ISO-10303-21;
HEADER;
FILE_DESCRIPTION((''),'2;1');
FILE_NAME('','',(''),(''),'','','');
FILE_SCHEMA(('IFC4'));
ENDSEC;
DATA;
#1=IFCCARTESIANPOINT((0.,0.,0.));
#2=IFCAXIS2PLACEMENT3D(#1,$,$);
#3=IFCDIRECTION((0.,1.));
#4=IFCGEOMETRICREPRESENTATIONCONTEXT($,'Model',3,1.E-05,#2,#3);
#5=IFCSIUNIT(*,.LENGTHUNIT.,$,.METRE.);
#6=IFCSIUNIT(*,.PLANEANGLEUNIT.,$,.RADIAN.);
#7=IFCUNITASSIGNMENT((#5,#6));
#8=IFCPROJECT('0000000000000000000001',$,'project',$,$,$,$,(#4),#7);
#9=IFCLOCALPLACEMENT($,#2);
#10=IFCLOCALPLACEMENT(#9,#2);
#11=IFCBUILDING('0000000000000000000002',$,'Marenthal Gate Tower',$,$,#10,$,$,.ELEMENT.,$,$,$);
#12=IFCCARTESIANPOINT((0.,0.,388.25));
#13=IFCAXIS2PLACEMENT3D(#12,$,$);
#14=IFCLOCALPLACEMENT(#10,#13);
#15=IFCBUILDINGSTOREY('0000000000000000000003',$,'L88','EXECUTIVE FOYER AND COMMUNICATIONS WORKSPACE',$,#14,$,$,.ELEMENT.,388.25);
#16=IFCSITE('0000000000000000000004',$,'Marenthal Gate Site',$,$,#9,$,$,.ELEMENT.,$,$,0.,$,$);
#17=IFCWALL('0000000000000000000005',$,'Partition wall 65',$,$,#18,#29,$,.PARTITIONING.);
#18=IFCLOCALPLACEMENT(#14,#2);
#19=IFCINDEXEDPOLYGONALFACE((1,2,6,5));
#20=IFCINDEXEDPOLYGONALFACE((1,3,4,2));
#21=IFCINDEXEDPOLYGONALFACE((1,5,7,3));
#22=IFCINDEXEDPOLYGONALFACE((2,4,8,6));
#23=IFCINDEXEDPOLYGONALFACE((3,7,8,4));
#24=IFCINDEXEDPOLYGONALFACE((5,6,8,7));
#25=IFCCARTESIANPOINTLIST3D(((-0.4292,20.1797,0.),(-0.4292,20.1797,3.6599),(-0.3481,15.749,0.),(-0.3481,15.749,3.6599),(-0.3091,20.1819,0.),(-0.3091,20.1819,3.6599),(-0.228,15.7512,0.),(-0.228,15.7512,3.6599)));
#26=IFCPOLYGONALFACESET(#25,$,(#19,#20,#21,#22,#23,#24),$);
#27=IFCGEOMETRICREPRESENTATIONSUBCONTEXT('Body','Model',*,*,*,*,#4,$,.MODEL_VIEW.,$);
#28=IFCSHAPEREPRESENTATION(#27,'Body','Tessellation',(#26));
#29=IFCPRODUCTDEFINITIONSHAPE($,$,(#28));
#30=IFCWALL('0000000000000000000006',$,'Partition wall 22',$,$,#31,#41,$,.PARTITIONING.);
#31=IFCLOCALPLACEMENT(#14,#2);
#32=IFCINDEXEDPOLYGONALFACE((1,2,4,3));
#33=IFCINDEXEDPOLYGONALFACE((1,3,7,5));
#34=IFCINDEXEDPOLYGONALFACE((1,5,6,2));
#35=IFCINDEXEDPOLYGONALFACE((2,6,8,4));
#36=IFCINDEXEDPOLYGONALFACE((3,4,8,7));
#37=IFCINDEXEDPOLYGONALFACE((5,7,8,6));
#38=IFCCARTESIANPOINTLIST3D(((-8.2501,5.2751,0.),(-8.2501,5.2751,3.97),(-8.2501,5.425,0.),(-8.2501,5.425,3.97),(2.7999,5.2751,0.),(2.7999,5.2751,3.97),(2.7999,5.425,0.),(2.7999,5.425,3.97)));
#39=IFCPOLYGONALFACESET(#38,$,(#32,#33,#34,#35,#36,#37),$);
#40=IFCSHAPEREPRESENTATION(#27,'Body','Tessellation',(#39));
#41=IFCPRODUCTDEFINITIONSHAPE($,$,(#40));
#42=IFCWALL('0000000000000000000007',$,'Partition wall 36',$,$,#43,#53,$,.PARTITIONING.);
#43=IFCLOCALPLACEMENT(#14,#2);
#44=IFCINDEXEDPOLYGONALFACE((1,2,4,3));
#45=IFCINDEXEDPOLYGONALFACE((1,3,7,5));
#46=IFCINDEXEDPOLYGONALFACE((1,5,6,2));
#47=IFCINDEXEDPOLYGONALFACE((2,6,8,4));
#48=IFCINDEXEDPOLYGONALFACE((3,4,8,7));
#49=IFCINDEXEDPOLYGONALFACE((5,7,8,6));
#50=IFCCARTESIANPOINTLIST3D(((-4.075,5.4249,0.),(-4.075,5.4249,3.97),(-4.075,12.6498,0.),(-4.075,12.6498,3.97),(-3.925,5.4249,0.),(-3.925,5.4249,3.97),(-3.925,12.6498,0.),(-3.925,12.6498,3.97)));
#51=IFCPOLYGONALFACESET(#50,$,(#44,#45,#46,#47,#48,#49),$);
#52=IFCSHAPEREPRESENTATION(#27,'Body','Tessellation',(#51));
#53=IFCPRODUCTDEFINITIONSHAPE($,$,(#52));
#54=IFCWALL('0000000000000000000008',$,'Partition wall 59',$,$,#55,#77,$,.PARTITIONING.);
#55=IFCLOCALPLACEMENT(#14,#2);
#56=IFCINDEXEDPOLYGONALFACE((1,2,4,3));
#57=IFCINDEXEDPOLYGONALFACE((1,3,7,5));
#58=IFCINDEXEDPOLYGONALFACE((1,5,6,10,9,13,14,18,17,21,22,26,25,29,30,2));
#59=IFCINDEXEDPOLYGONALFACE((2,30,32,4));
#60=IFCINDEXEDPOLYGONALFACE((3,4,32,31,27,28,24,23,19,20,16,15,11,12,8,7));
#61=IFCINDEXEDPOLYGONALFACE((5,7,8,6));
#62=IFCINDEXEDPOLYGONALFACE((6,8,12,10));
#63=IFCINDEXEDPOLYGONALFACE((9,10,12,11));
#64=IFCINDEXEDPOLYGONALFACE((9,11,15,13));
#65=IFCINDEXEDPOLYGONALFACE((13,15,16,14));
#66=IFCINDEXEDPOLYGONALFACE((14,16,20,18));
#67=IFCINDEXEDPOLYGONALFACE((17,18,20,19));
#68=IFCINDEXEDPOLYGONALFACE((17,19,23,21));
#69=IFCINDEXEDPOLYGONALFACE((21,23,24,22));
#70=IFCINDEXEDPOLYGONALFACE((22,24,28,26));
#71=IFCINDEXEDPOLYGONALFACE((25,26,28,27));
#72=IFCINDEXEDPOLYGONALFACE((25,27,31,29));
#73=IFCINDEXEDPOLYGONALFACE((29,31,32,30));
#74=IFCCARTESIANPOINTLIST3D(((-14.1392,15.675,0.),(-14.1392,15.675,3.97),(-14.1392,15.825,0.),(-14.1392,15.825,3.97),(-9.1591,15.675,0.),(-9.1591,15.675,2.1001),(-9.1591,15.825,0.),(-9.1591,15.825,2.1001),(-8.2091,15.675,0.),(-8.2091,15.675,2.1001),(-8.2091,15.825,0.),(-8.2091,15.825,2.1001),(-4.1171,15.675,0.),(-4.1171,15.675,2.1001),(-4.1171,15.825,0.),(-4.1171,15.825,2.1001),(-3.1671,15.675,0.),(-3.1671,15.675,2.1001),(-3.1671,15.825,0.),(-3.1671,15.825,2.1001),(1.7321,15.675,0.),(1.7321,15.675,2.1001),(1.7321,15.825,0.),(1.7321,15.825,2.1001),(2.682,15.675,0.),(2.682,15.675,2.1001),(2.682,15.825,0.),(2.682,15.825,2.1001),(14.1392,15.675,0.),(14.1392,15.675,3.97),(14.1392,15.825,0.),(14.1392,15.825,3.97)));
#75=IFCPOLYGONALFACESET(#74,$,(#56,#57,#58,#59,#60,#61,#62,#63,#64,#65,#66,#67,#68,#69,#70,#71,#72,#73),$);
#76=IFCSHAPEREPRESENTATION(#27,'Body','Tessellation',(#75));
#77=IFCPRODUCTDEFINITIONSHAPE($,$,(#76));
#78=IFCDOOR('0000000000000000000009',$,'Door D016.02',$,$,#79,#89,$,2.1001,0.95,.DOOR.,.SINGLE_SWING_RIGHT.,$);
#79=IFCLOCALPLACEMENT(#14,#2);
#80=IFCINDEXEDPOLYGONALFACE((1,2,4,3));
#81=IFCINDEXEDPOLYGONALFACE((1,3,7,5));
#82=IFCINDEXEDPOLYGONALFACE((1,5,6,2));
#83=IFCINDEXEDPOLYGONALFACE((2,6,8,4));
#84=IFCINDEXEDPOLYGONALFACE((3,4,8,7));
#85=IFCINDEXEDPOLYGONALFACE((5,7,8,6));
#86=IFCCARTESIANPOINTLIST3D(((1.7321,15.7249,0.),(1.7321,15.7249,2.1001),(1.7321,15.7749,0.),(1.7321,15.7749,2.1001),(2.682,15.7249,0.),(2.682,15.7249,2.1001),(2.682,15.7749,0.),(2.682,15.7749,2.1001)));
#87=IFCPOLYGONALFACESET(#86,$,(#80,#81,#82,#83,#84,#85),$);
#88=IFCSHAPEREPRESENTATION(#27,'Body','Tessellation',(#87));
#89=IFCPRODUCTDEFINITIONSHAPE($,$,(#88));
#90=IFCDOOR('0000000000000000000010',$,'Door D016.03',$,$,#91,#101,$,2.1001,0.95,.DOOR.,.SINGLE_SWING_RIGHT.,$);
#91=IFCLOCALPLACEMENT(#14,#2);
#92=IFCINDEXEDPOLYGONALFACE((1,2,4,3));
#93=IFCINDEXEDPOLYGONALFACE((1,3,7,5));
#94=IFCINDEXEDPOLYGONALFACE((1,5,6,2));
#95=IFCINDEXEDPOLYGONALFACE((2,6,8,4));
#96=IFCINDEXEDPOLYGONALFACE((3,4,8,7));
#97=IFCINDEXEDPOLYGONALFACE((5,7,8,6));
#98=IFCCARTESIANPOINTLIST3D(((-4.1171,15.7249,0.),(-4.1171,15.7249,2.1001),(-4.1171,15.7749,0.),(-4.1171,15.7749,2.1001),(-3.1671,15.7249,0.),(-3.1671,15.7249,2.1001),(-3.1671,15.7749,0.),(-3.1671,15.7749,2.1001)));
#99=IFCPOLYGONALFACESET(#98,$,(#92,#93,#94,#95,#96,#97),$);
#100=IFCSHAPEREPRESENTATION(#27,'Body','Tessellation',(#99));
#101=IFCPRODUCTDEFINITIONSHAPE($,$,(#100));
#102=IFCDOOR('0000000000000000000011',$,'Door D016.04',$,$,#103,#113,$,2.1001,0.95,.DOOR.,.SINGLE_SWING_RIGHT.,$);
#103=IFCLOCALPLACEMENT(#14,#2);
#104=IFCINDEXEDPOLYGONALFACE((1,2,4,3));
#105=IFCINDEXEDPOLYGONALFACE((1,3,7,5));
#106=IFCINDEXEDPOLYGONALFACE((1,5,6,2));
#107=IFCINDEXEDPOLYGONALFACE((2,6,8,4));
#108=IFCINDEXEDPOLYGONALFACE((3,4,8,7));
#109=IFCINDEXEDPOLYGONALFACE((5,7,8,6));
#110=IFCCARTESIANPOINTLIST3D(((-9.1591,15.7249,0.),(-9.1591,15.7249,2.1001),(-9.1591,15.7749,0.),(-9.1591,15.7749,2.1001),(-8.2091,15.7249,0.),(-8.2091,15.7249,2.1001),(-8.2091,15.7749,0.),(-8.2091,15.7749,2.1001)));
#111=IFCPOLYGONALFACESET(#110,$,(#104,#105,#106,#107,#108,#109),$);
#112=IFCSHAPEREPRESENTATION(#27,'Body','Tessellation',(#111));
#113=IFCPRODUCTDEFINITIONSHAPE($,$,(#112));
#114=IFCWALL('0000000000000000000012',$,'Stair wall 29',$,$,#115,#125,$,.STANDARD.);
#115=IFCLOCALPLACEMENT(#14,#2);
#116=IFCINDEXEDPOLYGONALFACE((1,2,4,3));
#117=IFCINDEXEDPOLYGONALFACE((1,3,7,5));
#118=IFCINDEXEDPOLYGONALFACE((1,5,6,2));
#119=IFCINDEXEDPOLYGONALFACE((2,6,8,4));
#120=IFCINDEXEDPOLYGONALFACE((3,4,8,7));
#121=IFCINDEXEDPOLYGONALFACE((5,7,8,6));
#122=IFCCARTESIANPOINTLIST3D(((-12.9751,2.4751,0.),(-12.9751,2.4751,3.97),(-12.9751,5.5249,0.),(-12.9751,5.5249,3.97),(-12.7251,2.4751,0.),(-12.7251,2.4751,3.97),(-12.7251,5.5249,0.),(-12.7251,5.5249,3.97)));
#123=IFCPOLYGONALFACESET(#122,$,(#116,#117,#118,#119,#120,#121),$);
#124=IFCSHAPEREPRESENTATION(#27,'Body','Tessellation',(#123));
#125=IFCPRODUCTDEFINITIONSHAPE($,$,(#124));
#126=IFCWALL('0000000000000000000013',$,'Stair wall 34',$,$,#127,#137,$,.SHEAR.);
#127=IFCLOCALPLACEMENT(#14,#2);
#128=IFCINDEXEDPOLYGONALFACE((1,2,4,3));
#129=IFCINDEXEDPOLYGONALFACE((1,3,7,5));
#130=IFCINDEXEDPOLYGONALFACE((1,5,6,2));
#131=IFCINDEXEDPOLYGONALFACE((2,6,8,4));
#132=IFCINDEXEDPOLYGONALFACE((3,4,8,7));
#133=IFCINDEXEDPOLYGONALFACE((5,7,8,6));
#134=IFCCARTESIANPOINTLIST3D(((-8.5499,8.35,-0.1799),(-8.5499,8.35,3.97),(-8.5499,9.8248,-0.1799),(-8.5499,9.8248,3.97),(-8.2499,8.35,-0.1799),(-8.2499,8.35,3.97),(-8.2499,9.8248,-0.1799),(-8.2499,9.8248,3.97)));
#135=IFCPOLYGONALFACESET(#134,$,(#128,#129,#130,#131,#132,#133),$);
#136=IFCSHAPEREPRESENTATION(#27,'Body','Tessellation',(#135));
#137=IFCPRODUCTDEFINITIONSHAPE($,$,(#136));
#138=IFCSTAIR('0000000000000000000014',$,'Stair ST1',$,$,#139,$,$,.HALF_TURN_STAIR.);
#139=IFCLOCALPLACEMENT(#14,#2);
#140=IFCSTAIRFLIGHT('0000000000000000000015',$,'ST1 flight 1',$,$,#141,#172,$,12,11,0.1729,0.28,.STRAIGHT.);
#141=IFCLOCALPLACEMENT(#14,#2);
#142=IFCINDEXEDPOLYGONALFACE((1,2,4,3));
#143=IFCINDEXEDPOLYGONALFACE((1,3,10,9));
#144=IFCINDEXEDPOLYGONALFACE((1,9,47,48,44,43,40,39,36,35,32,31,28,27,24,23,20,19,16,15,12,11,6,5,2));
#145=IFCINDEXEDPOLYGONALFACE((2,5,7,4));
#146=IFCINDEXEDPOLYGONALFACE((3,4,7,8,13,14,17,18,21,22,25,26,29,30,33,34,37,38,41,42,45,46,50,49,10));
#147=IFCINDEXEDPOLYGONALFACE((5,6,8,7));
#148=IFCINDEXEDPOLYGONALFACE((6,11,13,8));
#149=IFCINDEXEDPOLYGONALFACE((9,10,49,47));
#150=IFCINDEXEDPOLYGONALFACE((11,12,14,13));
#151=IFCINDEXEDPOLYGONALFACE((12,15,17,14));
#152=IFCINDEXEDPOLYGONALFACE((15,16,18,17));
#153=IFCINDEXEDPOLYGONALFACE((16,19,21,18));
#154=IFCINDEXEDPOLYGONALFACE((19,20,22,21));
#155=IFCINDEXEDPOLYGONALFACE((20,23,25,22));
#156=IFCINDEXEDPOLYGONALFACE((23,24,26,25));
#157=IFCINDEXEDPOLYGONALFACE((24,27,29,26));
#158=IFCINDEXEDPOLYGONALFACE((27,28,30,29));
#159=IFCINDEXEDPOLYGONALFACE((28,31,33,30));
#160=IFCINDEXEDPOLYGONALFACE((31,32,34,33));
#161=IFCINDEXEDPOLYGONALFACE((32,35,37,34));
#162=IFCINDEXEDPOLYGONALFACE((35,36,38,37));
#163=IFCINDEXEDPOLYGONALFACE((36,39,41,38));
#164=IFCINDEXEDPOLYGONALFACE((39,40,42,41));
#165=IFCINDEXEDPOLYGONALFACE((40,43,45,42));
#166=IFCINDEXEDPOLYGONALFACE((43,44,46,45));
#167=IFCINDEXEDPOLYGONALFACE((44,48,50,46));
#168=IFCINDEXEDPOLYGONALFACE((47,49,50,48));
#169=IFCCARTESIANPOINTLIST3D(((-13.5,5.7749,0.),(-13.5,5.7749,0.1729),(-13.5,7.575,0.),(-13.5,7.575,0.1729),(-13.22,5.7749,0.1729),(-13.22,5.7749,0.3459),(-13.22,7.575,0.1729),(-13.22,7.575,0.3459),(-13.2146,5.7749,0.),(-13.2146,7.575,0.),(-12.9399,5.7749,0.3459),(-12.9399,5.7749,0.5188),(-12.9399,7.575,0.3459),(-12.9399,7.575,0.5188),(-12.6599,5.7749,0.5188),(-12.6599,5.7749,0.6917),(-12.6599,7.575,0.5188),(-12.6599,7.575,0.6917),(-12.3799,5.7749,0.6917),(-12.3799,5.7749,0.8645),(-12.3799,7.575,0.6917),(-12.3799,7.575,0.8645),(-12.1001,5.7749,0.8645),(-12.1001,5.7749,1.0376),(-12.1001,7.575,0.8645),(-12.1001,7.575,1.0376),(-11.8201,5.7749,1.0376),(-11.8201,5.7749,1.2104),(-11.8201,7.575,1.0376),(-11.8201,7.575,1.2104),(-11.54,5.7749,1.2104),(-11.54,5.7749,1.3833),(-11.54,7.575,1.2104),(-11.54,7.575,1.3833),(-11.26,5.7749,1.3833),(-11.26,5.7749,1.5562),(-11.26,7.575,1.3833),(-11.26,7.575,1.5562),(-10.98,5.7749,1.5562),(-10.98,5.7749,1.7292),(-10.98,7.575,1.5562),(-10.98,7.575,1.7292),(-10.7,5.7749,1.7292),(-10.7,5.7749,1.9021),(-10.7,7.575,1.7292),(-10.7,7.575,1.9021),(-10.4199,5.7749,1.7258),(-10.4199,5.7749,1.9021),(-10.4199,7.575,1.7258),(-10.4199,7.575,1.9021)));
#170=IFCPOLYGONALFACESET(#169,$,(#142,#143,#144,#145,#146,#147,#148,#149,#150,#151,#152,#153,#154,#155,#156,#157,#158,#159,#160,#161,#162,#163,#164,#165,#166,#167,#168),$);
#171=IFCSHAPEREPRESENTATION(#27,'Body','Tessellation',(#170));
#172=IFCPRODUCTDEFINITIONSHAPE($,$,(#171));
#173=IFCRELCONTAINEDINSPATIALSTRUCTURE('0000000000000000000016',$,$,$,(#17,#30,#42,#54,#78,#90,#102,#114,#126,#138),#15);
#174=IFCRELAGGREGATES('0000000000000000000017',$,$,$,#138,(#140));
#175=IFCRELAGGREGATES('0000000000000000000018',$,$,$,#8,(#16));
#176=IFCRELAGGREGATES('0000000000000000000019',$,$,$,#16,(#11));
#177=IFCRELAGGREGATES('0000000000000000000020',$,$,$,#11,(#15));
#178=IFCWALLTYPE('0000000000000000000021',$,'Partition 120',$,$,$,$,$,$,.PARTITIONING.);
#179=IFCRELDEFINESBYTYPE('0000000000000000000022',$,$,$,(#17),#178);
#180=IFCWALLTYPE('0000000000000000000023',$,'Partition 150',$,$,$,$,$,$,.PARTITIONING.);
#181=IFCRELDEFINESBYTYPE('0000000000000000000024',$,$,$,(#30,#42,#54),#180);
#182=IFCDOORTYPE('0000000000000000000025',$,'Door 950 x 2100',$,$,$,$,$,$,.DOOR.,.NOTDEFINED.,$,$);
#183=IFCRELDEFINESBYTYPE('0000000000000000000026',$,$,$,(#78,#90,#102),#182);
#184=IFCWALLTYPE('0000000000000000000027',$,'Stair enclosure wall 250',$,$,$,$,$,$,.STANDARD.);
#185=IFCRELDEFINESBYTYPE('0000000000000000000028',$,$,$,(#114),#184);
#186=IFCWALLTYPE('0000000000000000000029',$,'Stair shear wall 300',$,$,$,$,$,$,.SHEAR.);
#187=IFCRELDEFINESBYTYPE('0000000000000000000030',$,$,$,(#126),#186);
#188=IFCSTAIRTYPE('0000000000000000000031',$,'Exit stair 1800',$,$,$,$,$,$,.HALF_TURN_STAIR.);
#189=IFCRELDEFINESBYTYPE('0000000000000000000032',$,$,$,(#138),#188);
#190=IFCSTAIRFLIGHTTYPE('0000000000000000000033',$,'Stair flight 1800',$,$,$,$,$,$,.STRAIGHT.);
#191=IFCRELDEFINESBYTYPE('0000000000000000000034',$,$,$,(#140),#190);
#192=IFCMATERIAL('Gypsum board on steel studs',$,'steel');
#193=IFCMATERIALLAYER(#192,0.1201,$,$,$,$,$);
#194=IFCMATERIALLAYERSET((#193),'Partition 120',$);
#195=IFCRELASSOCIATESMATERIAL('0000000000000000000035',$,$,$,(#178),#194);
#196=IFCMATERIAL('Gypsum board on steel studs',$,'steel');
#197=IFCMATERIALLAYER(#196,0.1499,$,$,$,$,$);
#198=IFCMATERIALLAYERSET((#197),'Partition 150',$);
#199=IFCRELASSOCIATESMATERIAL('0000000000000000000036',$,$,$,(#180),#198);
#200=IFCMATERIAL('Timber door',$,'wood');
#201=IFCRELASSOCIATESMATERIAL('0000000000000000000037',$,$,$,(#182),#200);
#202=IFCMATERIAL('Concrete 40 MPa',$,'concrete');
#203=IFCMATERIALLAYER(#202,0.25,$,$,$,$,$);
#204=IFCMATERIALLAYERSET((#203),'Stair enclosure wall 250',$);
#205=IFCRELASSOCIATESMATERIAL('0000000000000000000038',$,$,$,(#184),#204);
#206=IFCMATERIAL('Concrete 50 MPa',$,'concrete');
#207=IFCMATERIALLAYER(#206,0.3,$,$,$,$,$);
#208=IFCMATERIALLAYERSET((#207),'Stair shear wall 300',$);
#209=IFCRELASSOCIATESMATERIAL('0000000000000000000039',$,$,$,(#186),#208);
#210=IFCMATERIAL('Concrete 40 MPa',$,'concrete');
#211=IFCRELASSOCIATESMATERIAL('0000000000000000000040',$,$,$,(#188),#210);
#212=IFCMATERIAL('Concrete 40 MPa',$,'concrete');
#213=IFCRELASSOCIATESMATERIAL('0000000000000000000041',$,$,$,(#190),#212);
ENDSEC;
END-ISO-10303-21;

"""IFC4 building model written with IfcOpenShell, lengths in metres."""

from ifc_helpers import new_model, si_unit, direction, frame, frame_2d, origin, place, context, subcontext, project, spatial, polyline, rectangle, outline, extrude, material, layer, layer_set, type_object, element, fill, aggregate, save


model = new_model("IFC4")

# Units and contexts
model_context = context("Model", 3, precision=1e-05, world=origin(), true_north=direction((0.0, 1.0)))
body_context = subcontext(model_context, "Body", "Model", "MODEL_VIEW")
ifc_project = project(units=[si_unit("LENGTHUNIT", "METRE"), si_unit("PLANEANGLEUNIT", "RADIAN")], contexts=[model_context])

# Site, building, storey
site_placement = place(None, origin())
site = spatial("IfcSite", under=ifc_project, at=site_placement, Name="Marenthal Gate Site", CompositionType="ELEMENT", RefElevation=0.0)
building_placement = place(site_placement, origin())
building = spatial("IfcBuilding", under=site, at=building_placement, Name="Marenthal Gate Tower", CompositionType="ELEMENT")
storey_placement = place(building_placement, frame((0.0, 0.0, 388.25)))
storey = spatial("IfcBuildingStorey", under=building, at=storey_placement, Name="L88", Description="EXECUTIVE FOYER AND COMMUNICATIONS WORKSPACE", CompositionType="ELEMENT", Elevation=388.25)

# Walls
ifc_material_1 = material(Name="Gypsum board on steel studs", Category="steel")
ifc_layer_1 = layer(ifc_material_1, 0.1201)
ifc_layer_set_1 = layer_set([ifc_layer_1], Name="Partition 120")
wall_type_1 = type_object("IfcWallType", Name="Partition 120", PredefinedType="PARTITIONING", material=ifc_layer_set_1)
wall_1_placement = place(storey_placement, frame((-0.2881, 15.75, 0.0), z_axis=(0.0, 0.0, 1.0), x_axis=(-0.018291, 0.999833, 0.0)))
element("IfcWall", 1, at=wall_1_placement, inside=storey, type_object=wall_type_1, Name="Partition wall 65", PredefinedType="PARTITIONING", context=body_context, shape_type="SweptSolid", body=[
    extrude(rectangle(XDim=4.4314, YDim=0.1201, at=frame_2d((2.2158, 0.0))), origin(), (0.0, 0.0, 1.0), 3.6599),
])
ifc_material_2 = material(Name="Gypsum board on steel studs", Category="steel")
ifc_layer_2 = layer(ifc_material_2, 0.1499)
ifc_layer_set_2 = layer_set([ifc_layer_2], Name="Partition 150")
wall_type_2 = type_object("IfcWallType", Name="Partition 150", PredefinedType="PARTITIONING", material=ifc_layer_set_2)
wall_2_placement = place(storey_placement, frame((-8.25, 5.3501, 0.0), z_axis=(0.0, 0.0, 1.0), x_axis=(1.0, 0.0, 0.0)))
element("IfcWall", 2, at=wall_2_placement, inside=storey, type_object=wall_type_2, Name="Partition wall 22", PredefinedType="PARTITIONING", context=body_context, shape_type="SweptSolid", body=[
    extrude(rectangle(XDim=11.05, YDim=0.1499, at=frame_2d((5.5249, 0.0))), origin(), (0.0, 0.0, 1.0), 3.97),
])
wall_3_placement = place(storey_placement, frame((-4.0, 5.425, 0.0), z_axis=(0.0, 0.0, 1.0), x_axis=(0.0, 1.0, 0.0)))
element("IfcWall", 3, at=wall_3_placement, inside=storey, type_object=wall_type_2, Name="Partition wall 36", PredefinedType="PARTITIONING", context=body_context, shape_type="SweptSolid", body=[
    extrude(rectangle(XDim=7.2249, YDim=0.1499, at=frame_2d((3.6123, 0.0))), origin(), (0.0, 0.0, 1.0), 3.97),
])

# Wall, openings, doors
wall_4_placement = place(storey_placement, frame((-14.1392, 15.75, 0.0), z_axis=(0.0, 0.0, 1.0), x_axis=(1.0, 0.0, 0.0)))
wall_4 = element("IfcWall", 4, at=wall_4_placement, inside=storey, type_object=wall_type_2, Name="Partition wall 59", PredefinedType="PARTITIONING", context=body_context, shape_type="SweptSolid", body=[
    extrude(rectangle(XDim=28.2783, YDim=0.1499, at=frame_2d((14.1392, 0.0))), origin(), (0.0, 0.0, 1.0), 3.97),
])
opening_1_placement = place(wall_4_placement, frame((15.8711, 0.0, 0.0)))
opening_1 = element("IfcOpeningElement", 5, at=opening_1_placement, cuts=wall_4, PredefinedType="OPENING", context=body_context, shape_type="SweptSolid", body=[
    extrude(rectangle(XDim=0.95, YDim=2.1001, at=frame_2d((0.4751, 1.05))), frame((0.0, 0.085, 0.0), z_axis=(0.0, -1.0, 0.0), x_axis=(1.0, 0.0, 0.0)), (0.0, 0.0, 1.0), 0.1699),
])
opening_2_placement = place(wall_4_placement, frame((10.022, 0.0, 0.0)))
opening_2 = element("IfcOpeningElement", 6, at=opening_2_placement, cuts=wall_4, PredefinedType="OPENING", context=body_context, shape_type="SweptSolid", body=[
    extrude(rectangle(XDim=0.95, YDim=2.1001, at=frame_2d((0.4751, 1.05))), frame((0.0, 0.085, 0.0), z_axis=(0.0, -1.0, 0.0), x_axis=(1.0, 0.0, 0.0)), (0.0, 0.0, 1.0), 0.1699),
])
opening_3_placement = place(wall_4_placement, frame((4.98, 0.0, 0.0)))
opening_3 = element("IfcOpeningElement", 7, at=opening_3_placement, cuts=wall_4, PredefinedType="OPENING", context=body_context, shape_type="SweptSolid", body=[
    extrude(rectangle(XDim=0.95, YDim=2.1001, at=frame_2d((0.4751, 1.05))), frame((0.0, 0.085, 0.0), z_axis=(0.0, -1.0, 0.0), x_axis=(1.0, 0.0, 0.0)), (0.0, 0.0, 1.0), 0.1699),
])
ifc_material_3 = material(Name="Timber door", Category="wood")
door_type_1 = type_object("IfcDoorType", Name="Door 950 x 2100", OperationType="NOTDEFINED", PredefinedType="DOOR", material=ifc_material_3)
door_1_placement = place(opening_1_placement, origin())
door_1 = element("IfcDoor", 8, at=door_1_placement, inside=storey, type_object=door_type_1, Name="Door D016.02", OperationType="SINGLE_SWING_RIGHT", OverallHeight=2.1001, OverallWidth=0.95, PredefinedType="DOOR", context=body_context, shape_type="SweptSolid", body=[
    extrude(rectangle(XDim=0.95, YDim=2.1001, at=frame_2d((0.4751, 1.05))), frame((0.0, 0.0249, 0.0), z_axis=(0.0, -1.0, 0.0), x_axis=(1.0, 0.0, 0.0)), (0.0, 0.0, 1.0), 0.05),
])
fill(opening_1, door_1)
door_2_placement = place(opening_2_placement, origin())
door_2 = element("IfcDoor", 9, at=door_2_placement, inside=storey, type_object=door_type_1, Name="Door D016.03", OperationType="SINGLE_SWING_RIGHT", OverallHeight=2.1001, OverallWidth=0.95, PredefinedType="DOOR", context=body_context, shape_type="SweptSolid", body=[
    extrude(rectangle(XDim=0.95, YDim=2.1001, at=frame_2d((0.4751, 1.05))), frame((0.0, 0.0249, 0.0), z_axis=(0.0, -1.0, 0.0), x_axis=(1.0, 0.0, 0.0)), (0.0, 0.0, 1.0), 0.05),
])
fill(opening_2, door_2)
door_3_placement = place(opening_3_placement, origin())
door_3 = element("IfcDoor", 10, at=door_3_placement, inside=storey, type_object=door_type_1, Name="Door D016.04", OperationType="SINGLE_SWING_RIGHT", OverallHeight=2.1001, OverallWidth=0.95, PredefinedType="DOOR", context=body_context, shape_type="SweptSolid", body=[
    extrude(rectangle(XDim=0.95, YDim=2.1001, at=frame_2d((0.4751, 1.05))), frame((0.0, 0.0249, 0.0), z_axis=(0.0, -1.0, 0.0), x_axis=(1.0, 0.0, 0.0)), (0.0, 0.0, 1.0), 0.05),
])
fill(opening_3, door_3)

# Walls
ifc_material_4 = material(Name="Concrete 40 MPa", Category="concrete")
ifc_layer_3 = layer(ifc_material_4, 0.25)
ifc_layer_set_3 = layer_set([ifc_layer_3], Name="Stair enclosure wall 250")
wall_type_3 = type_object("IfcWallType", Name="Stair enclosure wall 250", PredefinedType="STANDARD", material=ifc_layer_set_3)
wall_5_placement = place(storey_placement, frame((-12.8501, 2.4751, 0.0), z_axis=(0.0, 0.0, 1.0), x_axis=(0.0, 1.0, 0.0)))
element("IfcWall", 11, at=wall_5_placement, inside=storey, type_object=wall_type_3, Name="Stair wall 29", PredefinedType="STANDARD", context=body_context, shape_type="SweptSolid", body=[
    extrude(rectangle(XDim=3.0498, YDim=0.25, at=frame_2d((1.5249, 0.0))), origin(), (0.0, 0.0, 1.0), 3.97),
])
ifc_material_5 = material(Name="Concrete 50 MPa", Category="concrete")
ifc_layer_4 = layer(ifc_material_5, 0.3)
ifc_layer_set_4 = layer_set([ifc_layer_4], Name="Stair shear wall 300")
wall_type_4 = type_object("IfcWallType", Name="Stair shear wall 300", PredefinedType="SHEAR", material=ifc_layer_set_4)
wall_6_placement = place(storey_placement, frame((-8.3999, 8.3501, -0.1799), z_axis=(0.0, 0.0, 1.0), x_axis=(0.0, 1.0, 0.0)))
element("IfcWall", 12, at=wall_6_placement, inside=storey, type_object=wall_type_4, Name="Stair wall 34", PredefinedType="SHEAR", context=body_context, shape_type="SweptSolid", body=[
    extrude(rectangle(XDim=1.4749, YDim=0.3, at=frame_2d((0.7373, 0.0))), origin(), (0.0, 0.0, 1.0), 4.1499),
])

# Stair, stair flight
ifc_material_6 = material(Name="Concrete 40 MPa", Category="concrete")
stair_type = type_object("IfcStairType", Name="Exit stair 1800", PredefinedType="HALF_TURN_STAIR", material=ifc_material_6)
stair_placement = place(storey_placement, origin())
stair = element("IfcStair", 13, at=stair_placement, inside=storey, type_object=stair_type, Name="Stair ST1", PredefinedType="HALF_TURN_STAIR")
ifc_material_7 = material(Name="Concrete 40 MPa", Category="concrete")
stair_flight_type = type_object("IfcStairFlightType", Name="Stair flight 1800", PredefinedType="STRAIGHT", material=ifc_material_7)
stair_flight_1_placement = place(storey_placement, frame((-13.5, 6.675, 0.0), z_axis=(0.0, 0.0, 1.0), x_axis=(1.0, 0.0, 0.0)))
stair_flight_1 = element("IfcStairFlight", 14, at=stair_flight_1_placement, type_object=stair_flight_type, Name="ST1 flight 1", NumberOfRisers=12, NumberOfTreads=11, PredefinedType="STRAIGHT", RiserHeight=0.1729, TreadLength=0.28, context=body_context, shape_type="SweptSolid", body=[
    extrude(outline(polyline([(0.0, 0.0), (0.0, 0.1729), (0.28, 0.1729), (0.28, 0.3459), (0.5601, 0.3459), (0.5601, 0.5188), (0.8401, 0.5188), (0.8401, 0.6917), (1.1201, 0.6917), (1.1201, 0.8645), (1.3999, 0.8645), (1.3999, 1.0376), (1.6799, 1.0376), (1.6799, 1.2104), (1.96, 1.2104), (1.96, 1.3833), (2.24, 1.3833), (2.24, 1.5562), (2.52, 1.5562), (2.52, 1.7292), (2.8, 1.7292), (2.8, 1.9021), (3.0801, 1.9021), (3.0801, 2.075), (3.0801, 1.7258), (0.2854, 0.0), (0.0, 0.0)])), frame((0.0, 0.8999, 0.0), z_axis=(0.0, -1.0, 0.0), x_axis=(1.0, 0.0, 0.0)), (0.0, 0.0, 1.0), 1.8),
])
aggregate(stair, [stair_flight_1])

save(model, "model.ifc")
